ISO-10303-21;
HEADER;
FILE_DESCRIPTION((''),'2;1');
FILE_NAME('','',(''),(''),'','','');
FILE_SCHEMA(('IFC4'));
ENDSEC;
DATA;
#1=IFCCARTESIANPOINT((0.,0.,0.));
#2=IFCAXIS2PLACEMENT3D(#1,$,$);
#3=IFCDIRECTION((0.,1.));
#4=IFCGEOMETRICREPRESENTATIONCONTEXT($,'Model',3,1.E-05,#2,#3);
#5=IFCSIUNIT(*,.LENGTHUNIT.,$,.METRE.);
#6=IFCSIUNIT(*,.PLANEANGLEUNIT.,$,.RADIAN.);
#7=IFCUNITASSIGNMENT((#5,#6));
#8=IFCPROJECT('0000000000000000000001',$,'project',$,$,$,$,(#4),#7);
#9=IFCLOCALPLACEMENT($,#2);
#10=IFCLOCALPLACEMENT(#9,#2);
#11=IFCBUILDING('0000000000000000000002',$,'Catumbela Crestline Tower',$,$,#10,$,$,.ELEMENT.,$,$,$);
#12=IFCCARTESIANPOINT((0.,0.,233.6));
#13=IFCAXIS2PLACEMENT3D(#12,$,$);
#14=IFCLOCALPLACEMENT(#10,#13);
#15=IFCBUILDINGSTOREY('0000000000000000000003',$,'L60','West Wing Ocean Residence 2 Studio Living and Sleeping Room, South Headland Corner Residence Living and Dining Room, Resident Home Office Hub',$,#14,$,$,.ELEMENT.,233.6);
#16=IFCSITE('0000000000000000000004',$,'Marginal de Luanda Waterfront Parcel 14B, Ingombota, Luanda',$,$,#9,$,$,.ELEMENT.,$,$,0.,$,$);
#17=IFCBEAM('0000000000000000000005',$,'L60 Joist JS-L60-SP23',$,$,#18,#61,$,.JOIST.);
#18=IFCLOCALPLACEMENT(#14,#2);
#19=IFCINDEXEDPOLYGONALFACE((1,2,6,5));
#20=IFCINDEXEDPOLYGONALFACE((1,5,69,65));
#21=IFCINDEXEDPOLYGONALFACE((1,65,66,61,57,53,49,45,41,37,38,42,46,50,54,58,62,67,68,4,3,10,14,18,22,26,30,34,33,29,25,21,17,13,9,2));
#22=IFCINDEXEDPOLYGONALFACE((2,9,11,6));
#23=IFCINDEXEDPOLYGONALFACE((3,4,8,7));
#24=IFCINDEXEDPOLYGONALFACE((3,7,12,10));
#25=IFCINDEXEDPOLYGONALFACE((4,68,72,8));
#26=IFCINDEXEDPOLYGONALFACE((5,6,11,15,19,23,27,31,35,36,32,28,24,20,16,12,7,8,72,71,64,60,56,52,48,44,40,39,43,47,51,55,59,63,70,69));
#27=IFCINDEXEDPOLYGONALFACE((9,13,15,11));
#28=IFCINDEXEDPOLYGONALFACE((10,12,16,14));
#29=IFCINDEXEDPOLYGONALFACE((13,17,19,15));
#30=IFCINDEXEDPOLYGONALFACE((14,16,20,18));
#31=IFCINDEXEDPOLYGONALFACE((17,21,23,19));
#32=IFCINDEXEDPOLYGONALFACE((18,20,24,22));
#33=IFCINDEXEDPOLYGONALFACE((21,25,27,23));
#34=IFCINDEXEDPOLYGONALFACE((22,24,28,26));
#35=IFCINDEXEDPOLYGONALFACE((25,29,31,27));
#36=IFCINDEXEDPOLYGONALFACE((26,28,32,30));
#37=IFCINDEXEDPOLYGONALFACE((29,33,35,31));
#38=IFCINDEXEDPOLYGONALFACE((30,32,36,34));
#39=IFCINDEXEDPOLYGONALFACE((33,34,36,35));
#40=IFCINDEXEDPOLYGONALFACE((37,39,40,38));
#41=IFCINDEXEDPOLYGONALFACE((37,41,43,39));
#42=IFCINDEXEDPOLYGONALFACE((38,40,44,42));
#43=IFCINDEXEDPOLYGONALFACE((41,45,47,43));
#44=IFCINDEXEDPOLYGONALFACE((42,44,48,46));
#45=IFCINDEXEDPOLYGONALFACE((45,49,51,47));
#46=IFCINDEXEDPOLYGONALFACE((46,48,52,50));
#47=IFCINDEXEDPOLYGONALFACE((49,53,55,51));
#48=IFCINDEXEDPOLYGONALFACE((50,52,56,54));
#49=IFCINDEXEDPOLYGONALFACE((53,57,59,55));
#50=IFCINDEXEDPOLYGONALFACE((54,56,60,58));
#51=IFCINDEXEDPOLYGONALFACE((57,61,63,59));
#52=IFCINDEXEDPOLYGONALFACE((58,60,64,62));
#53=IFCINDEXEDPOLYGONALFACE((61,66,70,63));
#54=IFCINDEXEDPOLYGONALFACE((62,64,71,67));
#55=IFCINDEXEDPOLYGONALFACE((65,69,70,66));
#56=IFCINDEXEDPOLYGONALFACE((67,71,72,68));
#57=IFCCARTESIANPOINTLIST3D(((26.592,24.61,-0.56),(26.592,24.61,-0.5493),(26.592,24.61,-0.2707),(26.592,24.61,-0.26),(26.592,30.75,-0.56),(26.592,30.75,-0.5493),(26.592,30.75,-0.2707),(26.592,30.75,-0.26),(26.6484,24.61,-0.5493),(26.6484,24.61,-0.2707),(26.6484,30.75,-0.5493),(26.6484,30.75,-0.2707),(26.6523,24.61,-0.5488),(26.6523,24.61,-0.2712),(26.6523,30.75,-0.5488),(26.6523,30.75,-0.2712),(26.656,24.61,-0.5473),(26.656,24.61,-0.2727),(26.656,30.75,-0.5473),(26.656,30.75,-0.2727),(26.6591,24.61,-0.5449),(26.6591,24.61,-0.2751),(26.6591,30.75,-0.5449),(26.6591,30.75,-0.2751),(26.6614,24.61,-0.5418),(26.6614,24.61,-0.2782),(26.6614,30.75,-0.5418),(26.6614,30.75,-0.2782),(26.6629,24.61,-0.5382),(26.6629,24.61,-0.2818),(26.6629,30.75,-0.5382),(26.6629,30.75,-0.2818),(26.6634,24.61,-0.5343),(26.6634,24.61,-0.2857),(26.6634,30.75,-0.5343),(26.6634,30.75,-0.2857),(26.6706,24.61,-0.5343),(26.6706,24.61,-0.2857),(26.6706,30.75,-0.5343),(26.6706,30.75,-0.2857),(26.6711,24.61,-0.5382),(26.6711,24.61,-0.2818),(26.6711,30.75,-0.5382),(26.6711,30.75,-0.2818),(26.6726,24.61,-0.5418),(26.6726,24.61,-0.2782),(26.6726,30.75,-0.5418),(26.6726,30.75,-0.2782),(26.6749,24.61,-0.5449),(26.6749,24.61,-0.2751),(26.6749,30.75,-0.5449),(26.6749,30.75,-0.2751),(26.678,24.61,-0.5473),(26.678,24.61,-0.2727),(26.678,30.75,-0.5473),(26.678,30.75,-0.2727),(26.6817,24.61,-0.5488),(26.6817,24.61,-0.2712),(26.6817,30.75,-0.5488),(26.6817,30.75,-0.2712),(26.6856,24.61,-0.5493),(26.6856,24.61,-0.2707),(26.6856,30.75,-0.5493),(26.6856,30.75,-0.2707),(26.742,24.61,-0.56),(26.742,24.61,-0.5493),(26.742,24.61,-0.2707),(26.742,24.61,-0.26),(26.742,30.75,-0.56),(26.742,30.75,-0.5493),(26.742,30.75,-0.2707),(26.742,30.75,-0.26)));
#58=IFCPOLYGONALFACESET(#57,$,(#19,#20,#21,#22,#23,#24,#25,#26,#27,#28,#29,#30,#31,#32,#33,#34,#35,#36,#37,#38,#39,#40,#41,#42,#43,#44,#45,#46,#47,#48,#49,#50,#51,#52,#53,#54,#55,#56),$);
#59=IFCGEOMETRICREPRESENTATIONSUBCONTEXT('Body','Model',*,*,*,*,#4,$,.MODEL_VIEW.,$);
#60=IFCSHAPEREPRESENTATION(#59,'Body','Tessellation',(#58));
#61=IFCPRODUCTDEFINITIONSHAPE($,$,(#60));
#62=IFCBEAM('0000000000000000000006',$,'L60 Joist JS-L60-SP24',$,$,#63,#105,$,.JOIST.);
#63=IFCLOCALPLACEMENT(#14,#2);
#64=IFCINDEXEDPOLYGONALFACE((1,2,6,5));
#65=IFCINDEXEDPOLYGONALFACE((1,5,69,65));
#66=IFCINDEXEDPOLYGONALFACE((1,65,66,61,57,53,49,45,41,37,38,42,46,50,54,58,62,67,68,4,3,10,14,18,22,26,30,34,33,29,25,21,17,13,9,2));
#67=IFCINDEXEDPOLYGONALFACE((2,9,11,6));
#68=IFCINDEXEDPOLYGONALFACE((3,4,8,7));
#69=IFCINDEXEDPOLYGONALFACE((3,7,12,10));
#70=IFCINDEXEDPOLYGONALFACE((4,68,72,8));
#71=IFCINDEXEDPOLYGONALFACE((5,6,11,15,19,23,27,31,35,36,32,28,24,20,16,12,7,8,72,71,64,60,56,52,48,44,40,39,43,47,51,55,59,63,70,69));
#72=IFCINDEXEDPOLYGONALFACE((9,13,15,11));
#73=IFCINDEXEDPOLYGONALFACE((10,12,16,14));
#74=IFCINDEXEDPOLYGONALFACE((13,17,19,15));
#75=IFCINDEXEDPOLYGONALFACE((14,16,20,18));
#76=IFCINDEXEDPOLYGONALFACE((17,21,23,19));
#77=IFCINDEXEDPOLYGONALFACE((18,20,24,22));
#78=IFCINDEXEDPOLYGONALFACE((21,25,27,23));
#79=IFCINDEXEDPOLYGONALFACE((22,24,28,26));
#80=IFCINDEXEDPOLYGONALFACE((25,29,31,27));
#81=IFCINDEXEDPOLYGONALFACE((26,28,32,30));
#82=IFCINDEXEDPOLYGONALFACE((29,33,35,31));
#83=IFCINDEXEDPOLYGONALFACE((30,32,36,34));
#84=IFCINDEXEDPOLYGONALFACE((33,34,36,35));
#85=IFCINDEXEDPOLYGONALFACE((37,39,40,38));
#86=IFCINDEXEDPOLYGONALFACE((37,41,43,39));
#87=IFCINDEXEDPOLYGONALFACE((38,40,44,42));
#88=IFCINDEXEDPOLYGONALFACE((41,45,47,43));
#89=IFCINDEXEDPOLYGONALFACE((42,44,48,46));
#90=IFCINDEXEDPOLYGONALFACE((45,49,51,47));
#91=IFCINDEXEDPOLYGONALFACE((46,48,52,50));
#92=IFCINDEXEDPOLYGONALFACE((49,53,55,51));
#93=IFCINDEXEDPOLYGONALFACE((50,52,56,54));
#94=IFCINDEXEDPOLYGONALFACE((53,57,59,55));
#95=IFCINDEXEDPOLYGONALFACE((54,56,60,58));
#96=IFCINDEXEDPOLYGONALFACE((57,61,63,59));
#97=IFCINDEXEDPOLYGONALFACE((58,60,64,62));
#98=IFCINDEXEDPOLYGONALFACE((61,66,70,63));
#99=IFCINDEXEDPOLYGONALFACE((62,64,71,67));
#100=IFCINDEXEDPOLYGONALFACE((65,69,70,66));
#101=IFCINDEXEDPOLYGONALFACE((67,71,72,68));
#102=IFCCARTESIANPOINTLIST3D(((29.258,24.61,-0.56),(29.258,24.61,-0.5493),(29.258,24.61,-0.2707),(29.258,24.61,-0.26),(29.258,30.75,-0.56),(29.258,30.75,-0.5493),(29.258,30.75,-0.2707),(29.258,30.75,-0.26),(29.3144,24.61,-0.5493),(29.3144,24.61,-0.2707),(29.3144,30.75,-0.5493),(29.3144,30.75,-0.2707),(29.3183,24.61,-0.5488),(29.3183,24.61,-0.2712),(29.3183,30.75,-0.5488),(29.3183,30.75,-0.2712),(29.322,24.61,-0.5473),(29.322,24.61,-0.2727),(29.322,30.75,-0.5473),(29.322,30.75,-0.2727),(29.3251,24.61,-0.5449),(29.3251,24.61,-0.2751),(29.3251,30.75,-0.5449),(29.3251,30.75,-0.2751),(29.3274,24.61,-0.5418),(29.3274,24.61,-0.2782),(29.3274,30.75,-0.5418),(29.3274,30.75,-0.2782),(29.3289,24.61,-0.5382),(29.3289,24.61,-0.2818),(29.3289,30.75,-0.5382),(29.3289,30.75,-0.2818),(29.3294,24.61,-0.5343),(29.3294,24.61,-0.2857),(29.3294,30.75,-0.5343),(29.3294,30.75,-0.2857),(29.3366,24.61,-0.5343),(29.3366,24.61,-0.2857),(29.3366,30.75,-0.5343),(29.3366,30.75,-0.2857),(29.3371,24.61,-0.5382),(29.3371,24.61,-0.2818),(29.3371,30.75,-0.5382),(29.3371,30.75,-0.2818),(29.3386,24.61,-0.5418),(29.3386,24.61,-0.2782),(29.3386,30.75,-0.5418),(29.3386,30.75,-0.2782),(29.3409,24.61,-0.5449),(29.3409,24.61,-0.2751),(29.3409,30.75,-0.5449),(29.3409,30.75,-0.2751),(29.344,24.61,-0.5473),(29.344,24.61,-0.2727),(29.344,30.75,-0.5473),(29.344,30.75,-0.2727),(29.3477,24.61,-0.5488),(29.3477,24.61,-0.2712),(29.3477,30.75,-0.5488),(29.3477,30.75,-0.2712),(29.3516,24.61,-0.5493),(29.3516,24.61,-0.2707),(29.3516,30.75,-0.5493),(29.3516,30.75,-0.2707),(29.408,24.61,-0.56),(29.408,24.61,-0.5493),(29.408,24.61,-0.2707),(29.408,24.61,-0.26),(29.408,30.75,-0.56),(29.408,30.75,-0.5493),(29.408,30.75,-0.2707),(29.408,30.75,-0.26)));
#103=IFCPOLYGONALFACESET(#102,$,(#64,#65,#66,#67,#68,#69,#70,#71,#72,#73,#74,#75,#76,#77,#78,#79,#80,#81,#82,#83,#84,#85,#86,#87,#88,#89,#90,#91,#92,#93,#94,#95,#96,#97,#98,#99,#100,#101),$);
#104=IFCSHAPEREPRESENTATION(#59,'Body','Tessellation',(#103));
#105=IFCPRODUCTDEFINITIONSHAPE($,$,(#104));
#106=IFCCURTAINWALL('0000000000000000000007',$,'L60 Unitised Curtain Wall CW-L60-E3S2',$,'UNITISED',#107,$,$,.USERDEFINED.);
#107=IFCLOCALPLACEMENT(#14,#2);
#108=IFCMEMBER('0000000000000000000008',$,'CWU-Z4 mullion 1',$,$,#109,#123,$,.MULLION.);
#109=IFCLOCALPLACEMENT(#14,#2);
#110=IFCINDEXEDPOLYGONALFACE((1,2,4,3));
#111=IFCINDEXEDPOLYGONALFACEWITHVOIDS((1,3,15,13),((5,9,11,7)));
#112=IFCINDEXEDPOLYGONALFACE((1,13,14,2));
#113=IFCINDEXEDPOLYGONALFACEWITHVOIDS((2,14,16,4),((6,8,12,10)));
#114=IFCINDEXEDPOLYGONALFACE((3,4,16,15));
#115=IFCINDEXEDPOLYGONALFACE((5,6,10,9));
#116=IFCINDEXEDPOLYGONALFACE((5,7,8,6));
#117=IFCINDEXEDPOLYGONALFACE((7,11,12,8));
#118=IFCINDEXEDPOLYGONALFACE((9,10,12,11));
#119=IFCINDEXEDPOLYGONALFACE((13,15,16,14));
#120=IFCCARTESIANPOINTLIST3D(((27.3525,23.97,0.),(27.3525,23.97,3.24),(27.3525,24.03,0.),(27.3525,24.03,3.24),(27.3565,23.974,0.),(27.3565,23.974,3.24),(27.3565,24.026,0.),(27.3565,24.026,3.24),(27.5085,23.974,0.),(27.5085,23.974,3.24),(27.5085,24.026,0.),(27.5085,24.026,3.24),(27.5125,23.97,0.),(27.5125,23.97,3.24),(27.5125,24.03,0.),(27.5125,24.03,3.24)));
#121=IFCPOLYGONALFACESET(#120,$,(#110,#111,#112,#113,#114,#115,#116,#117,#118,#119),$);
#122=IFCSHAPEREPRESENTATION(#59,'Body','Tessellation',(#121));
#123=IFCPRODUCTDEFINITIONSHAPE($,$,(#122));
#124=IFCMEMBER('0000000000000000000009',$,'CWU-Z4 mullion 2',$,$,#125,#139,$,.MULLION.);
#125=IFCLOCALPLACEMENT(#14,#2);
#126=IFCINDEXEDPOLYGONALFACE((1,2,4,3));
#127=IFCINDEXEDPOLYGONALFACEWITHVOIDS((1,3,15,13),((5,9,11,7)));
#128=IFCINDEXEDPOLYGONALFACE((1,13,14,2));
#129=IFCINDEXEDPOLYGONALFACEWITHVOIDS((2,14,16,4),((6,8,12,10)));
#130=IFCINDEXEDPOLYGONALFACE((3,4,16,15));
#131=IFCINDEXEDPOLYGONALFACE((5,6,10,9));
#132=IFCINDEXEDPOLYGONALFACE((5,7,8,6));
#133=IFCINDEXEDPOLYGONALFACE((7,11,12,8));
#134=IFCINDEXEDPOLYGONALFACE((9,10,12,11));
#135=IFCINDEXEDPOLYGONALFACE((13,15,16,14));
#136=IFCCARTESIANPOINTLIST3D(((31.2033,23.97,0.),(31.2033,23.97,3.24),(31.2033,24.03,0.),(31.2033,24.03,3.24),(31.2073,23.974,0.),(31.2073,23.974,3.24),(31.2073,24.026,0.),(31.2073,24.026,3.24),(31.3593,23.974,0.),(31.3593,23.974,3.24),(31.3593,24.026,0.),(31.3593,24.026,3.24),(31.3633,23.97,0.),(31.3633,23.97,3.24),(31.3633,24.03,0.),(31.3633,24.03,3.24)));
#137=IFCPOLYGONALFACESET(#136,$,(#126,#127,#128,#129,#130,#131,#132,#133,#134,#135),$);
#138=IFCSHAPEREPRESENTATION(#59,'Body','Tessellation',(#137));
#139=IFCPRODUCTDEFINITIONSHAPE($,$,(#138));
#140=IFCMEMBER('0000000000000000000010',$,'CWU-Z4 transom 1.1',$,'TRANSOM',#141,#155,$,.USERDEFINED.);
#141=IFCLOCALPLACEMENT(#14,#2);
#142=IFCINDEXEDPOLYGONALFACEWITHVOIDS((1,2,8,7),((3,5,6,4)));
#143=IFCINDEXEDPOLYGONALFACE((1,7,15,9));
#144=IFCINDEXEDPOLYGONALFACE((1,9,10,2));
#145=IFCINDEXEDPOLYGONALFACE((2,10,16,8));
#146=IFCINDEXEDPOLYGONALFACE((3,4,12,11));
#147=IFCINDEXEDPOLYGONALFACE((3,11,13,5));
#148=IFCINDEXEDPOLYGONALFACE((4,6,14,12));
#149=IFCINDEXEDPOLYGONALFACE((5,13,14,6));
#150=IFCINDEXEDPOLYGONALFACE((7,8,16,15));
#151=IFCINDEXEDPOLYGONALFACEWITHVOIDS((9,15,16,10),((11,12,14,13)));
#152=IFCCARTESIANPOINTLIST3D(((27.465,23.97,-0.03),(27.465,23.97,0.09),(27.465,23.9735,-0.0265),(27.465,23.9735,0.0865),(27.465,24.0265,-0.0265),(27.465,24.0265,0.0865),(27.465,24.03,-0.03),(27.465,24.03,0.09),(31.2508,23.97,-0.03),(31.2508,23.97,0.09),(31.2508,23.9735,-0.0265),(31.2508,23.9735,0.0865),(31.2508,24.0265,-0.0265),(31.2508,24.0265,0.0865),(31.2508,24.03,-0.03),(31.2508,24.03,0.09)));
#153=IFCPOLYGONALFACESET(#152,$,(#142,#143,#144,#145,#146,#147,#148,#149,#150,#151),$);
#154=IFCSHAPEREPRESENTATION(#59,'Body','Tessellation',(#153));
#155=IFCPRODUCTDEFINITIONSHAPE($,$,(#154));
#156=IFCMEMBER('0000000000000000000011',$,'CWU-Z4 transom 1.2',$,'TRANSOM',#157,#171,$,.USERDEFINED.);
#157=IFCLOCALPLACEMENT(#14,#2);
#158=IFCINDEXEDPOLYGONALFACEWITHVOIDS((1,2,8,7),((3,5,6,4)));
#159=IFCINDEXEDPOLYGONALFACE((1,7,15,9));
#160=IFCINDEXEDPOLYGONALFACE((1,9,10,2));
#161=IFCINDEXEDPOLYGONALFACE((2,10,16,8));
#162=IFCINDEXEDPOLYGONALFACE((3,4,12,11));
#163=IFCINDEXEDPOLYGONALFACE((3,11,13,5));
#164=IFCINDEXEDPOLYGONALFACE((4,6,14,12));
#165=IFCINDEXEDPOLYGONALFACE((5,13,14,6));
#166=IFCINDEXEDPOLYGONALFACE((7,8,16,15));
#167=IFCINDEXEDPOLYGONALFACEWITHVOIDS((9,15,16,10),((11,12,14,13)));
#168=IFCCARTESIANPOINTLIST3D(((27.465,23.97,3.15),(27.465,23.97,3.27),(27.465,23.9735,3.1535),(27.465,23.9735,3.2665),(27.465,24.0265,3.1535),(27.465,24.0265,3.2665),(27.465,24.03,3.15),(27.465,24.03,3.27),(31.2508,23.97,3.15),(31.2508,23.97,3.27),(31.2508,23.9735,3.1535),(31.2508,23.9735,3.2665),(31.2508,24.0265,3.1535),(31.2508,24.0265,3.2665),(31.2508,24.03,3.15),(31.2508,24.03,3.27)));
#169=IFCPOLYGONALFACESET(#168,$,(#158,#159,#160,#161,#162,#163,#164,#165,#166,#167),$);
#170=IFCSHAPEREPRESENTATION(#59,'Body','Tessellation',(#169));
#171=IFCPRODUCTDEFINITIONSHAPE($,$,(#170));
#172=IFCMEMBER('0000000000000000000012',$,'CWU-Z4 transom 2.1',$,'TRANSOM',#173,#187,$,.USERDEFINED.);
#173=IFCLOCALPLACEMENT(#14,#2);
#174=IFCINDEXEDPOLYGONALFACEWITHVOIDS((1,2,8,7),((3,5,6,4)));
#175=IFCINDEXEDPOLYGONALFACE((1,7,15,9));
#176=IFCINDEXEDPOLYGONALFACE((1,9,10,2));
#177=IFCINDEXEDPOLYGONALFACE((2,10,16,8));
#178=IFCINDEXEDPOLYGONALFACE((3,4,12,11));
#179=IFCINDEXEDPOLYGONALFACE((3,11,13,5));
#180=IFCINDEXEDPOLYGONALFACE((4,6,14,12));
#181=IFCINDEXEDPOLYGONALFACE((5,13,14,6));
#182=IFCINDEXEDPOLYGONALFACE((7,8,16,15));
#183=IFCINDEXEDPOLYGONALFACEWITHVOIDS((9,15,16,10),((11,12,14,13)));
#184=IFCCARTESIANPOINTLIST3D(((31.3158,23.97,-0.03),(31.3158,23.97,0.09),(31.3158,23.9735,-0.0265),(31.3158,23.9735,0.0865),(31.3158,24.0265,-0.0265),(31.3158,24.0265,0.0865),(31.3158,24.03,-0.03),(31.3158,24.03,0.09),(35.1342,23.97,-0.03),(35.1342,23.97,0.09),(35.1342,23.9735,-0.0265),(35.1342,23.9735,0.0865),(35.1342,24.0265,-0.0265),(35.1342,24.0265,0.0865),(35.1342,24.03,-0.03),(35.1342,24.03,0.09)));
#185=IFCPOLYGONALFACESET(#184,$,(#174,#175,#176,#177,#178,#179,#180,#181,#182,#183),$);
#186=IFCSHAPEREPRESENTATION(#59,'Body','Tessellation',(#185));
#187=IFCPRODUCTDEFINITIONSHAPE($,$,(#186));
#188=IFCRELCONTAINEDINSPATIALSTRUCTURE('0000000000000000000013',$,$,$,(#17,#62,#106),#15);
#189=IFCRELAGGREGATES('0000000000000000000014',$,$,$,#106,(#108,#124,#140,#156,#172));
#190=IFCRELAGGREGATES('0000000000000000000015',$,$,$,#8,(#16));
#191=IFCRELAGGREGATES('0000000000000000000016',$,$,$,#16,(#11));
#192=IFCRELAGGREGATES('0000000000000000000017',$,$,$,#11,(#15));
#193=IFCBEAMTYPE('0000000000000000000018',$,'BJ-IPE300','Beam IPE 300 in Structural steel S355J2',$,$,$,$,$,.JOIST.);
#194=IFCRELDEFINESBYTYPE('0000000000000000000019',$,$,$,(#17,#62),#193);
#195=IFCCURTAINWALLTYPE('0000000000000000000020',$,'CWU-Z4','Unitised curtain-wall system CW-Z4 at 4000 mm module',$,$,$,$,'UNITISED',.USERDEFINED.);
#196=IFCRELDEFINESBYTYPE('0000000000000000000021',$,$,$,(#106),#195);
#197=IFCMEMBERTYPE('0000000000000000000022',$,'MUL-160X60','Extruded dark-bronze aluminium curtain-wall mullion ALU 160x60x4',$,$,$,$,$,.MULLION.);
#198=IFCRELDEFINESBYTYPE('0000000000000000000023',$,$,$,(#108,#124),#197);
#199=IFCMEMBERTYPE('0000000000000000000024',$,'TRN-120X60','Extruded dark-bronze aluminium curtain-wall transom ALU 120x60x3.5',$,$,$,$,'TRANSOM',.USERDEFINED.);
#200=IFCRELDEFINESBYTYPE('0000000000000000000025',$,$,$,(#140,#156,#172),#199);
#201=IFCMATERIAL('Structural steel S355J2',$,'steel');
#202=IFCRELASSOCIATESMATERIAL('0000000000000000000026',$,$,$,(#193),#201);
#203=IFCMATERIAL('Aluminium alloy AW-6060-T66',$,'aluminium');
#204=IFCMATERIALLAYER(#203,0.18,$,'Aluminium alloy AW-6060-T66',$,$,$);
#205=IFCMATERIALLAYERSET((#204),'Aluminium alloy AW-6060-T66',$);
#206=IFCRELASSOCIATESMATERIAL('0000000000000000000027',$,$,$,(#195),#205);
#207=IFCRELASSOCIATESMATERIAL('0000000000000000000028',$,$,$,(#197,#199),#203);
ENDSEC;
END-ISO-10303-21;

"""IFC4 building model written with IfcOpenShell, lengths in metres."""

from ifc_helpers import new_model, si_unit, direction, frame, origin, origin_2d, place, context, subcontext, project, spatial, hollow_rectangle, i_section, extrude, material, layer, layer_set, material_profile, profile_set, type_object, element, aggregate, save


model = new_model("IFC4")

# Units and contexts
model_context = context("Model", 3, precision=1e-05, world=origin(), true_north=direction((0.0, 1.0)))
body_context = subcontext(model_context, "Body", "Model", "MODEL_VIEW")
ifc_project = project(units=[si_unit("LENGTHUNIT", "METRE"), si_unit("PLANEANGLEUNIT", "RADIAN")], contexts=[model_context])

# Site, building, storey
site_placement = place(None, origin())
site = spatial("IfcSite", under=ifc_project, at=site_placement, Name="Marginal de Luanda Waterfront Parcel 14B, Ingombota, Luanda", CompositionType="ELEMENT", RefElevation=0.0)
building_placement = place(site_placement, origin())
building = spatial("IfcBuilding", under=site, at=building_placement, Name="Catumbela Crestline Tower", CompositionType="ELEMENT")
storey_placement = place(building_placement, frame((0.0, 0.0, 233.6)))
storey = spatial("IfcBuildingStorey", under=building, at=storey_placement, Name="L60", Description="West Wing Ocean Residence 2 Studio Living and Sleeping Room, South Headland Corner Residence Living and Dining Room, Resident Home Office Hub", CompositionType="ELEMENT", Elevation=233.6)

# Beams
ifc_material_1 = material(Name="Structural steel S355J2", Category="steel")
ifc_material_profile_1 = material_profile(ifc_material_1, i_section(OverallWidth=0.15, OverallDepth=0.3, WebThickness=0.0071, FlangeThickness=0.0107, FilletRadius=0.015, at=origin_2d()), Name="IPE 300")
ifc_profile_set_1 = profile_set([ifc_material_profile_1], Name="Structural steel S355J2")
beam_type = type_object("IfcBeamType", Name="BJ-IPE300", Description="Beam IPE 300 in Structural steel S355J2", PredefinedType="JOIST", material=ifc_profile_set_1)
for number, where, z_axis, x_axis, name in (
    (1, (26.667, 24.61, -0.41), (0.0, 1.0, 0.0), (-1.0, 0.0, 0.0), "L60 Joist JS-L60-SP23"),
    (2, (29.333, 24.61, -0.41), (0.0, 1.0, 0.0), (-1.0, 0.0, 0.0), "L60 Joist JS-L60-SP24"),
):
    element("IfcBeam", number, at=place(storey_placement, frame(where, z_axis=z_axis, x_axis=x_axis)), inside=storey, type_object=beam_type, Name=name, PredefinedType="JOIST", context=body_context, shape_type="SweptSolid", body=[
        extrude(i_section(OverallWidth=0.15, OverallDepth=0.3, WebThickness=0.0071, FlangeThickness=0.0107, FilletRadius=0.015, at=origin_2d()), origin(), (0.0, 0.0, 1.0), 6.14),
    ])

# Curtain wall, members
ifc_material_2 = material(Name="Aluminium alloy AW-6060-T66", Category="aluminium")
ifc_layer_1 = layer(ifc_material_2, 0.18, Name="Aluminium alloy AW-6060-T66")
ifc_layer_set_1 = layer_set([ifc_layer_1], Name="Aluminium alloy AW-6060-T66")
curtain_wall_type = type_object("IfcCurtainWallType", Name="CWU-Z4", Description="Unitised curtain-wall system CW-Z4 at 4000 mm module", ElementType="UNITISED", PredefinedType="USERDEFINED", material=ifc_layer_set_1)
curtain_wall_placement = place(storey_placement, origin())
curtain_wall = element("IfcCurtainWall", 3, at=curtain_wall_placement, inside=storey, type_object=curtain_wall_type, Name="L60 Unitised Curtain Wall CW-L60-E3S2", ObjectType="UNITISED", PredefinedType="USERDEFINED")
ifc_material_profile_2 = material_profile(ifc_material_2, hollow_rectangle(XDim=0.06, YDim=0.16, WallThickness=0.004, at=origin_2d()), Name="ALU 160x60x4")
ifc_profile_set_2 = profile_set([ifc_material_profile_2], Name="Aluminium alloy AW-6060-T66")
member_type_1 = type_object("IfcMemberType", Name="MUL-160X60", Description="Extruded dark-bronze aluminium curtain-wall mullion ALU 160x60x4", PredefinedType="MULLION", material=ifc_profile_set_2)
member_1_placement = place(storey_placement, frame((27.4325, 24.0, 0.0), z_axis=(0.0, 0.0, 1.0), x_axis=(0.0, 1.0, 0.0)))
member_1 = element("IfcMember", 4, at=member_1_placement, type_object=member_type_1, Name="CWU-Z4 mullion 1", PredefinedType="MULLION", context=body_context, shape_type="SweptSolid", body=[
    extrude(hollow_rectangle(XDim=0.06, YDim=0.16, WallThickness=0.004, at=origin_2d()), origin(), (0.0, 0.0, 1.0), 3.24),
])
member_2_placement = place(storey_placement, frame((31.2833, 24.0, 0.0), z_axis=(0.0, 0.0, 1.0), x_axis=(0.0, 1.0, 0.0)))
member_2 = element("IfcMember", 5, at=member_2_placement, type_object=member_type_1, Name="CWU-Z4 mullion 2", PredefinedType="MULLION", context=body_context, shape_type="SweptSolid", body=[
    extrude(hollow_rectangle(XDim=0.06, YDim=0.16, WallThickness=0.004, at=origin_2d()), origin(), (0.0, 0.0, 1.0), 3.24),
])
ifc_material_profile_3 = material_profile(ifc_material_2, hollow_rectangle(XDim=0.06, YDim=0.12, WallThickness=0.0035, at=origin_2d()), Name="ALU 120x60x3.5")
ifc_profile_set_3 = profile_set([ifc_material_profile_3], Name="Aluminium alloy AW-6060-T66")
member_type_2 = type_object("IfcMemberType", Name="TRN-120X60", Description="Extruded dark-bronze aluminium curtain-wall transom ALU 120x60x3.5", ElementType="TRANSOM", PredefinedType="USERDEFINED", material=ifc_profile_set_3)
member_3_placement = place(storey_placement, frame((27.465, 24.0, 0.03), z_axis=(1.0, 0.0, 0.0), x_axis=(0.0, 1.0, 0.0)))
member_3 = element("IfcMember", 6, at=member_3_placement, type_object=member_type_2, Name="CWU-Z4 transom 1.1", ObjectType="TRANSOM", PredefinedType="USERDEFINED", context=body_context, shape_type="SweptSolid", body=[
    extrude(hollow_rectangle(XDim=0.06, YDim=0.12, WallThickness=0.0035, at=origin_2d()), origin(), (0.0, 0.0, 1.0), 3.7858),
])
member_4_placement = place(storey_placement, frame((27.465, 24.0, 3.21), z_axis=(1.0, 0.0, 0.0), x_axis=(0.0, 1.0, 0.0)))
member_4 = element("IfcMember", 7, at=member_4_placement, type_object=member_type_2, Name="CWU-Z4 transom 1.2", ObjectType="TRANSOM", PredefinedType="USERDEFINED", context=body_context, shape_type="SweptSolid", body=[
    extrude(hollow_rectangle(XDim=0.06, YDim=0.12, WallThickness=0.0035, at=origin_2d()), origin(), (0.0, 0.0, 1.0), 3.7858),
])
member_5_placement = place(storey_placement, frame((31.3158, 24.0, 0.03), z_axis=(1.0, 0.0, 0.0), x_axis=(0.0, 1.0, 0.0)))
member_5 = element("IfcMember", 8, at=member_5_placement, type_object=member_type_2, Name="CWU-Z4 transom 2.1", ObjectType="TRANSOM", PredefinedType="USERDEFINED", context=body_context, shape_type="SweptSolid", body=[
    extrude(hollow_rectangle(XDim=0.06, YDim=0.12, WallThickness=0.0035, at=origin_2d()), origin(), (0.0, 0.0, 1.0), 3.8184),
])
aggregate(curtain_wall, [member_1, member_2, member_3, member_4, member_5])

save(model, "model.ifc")
